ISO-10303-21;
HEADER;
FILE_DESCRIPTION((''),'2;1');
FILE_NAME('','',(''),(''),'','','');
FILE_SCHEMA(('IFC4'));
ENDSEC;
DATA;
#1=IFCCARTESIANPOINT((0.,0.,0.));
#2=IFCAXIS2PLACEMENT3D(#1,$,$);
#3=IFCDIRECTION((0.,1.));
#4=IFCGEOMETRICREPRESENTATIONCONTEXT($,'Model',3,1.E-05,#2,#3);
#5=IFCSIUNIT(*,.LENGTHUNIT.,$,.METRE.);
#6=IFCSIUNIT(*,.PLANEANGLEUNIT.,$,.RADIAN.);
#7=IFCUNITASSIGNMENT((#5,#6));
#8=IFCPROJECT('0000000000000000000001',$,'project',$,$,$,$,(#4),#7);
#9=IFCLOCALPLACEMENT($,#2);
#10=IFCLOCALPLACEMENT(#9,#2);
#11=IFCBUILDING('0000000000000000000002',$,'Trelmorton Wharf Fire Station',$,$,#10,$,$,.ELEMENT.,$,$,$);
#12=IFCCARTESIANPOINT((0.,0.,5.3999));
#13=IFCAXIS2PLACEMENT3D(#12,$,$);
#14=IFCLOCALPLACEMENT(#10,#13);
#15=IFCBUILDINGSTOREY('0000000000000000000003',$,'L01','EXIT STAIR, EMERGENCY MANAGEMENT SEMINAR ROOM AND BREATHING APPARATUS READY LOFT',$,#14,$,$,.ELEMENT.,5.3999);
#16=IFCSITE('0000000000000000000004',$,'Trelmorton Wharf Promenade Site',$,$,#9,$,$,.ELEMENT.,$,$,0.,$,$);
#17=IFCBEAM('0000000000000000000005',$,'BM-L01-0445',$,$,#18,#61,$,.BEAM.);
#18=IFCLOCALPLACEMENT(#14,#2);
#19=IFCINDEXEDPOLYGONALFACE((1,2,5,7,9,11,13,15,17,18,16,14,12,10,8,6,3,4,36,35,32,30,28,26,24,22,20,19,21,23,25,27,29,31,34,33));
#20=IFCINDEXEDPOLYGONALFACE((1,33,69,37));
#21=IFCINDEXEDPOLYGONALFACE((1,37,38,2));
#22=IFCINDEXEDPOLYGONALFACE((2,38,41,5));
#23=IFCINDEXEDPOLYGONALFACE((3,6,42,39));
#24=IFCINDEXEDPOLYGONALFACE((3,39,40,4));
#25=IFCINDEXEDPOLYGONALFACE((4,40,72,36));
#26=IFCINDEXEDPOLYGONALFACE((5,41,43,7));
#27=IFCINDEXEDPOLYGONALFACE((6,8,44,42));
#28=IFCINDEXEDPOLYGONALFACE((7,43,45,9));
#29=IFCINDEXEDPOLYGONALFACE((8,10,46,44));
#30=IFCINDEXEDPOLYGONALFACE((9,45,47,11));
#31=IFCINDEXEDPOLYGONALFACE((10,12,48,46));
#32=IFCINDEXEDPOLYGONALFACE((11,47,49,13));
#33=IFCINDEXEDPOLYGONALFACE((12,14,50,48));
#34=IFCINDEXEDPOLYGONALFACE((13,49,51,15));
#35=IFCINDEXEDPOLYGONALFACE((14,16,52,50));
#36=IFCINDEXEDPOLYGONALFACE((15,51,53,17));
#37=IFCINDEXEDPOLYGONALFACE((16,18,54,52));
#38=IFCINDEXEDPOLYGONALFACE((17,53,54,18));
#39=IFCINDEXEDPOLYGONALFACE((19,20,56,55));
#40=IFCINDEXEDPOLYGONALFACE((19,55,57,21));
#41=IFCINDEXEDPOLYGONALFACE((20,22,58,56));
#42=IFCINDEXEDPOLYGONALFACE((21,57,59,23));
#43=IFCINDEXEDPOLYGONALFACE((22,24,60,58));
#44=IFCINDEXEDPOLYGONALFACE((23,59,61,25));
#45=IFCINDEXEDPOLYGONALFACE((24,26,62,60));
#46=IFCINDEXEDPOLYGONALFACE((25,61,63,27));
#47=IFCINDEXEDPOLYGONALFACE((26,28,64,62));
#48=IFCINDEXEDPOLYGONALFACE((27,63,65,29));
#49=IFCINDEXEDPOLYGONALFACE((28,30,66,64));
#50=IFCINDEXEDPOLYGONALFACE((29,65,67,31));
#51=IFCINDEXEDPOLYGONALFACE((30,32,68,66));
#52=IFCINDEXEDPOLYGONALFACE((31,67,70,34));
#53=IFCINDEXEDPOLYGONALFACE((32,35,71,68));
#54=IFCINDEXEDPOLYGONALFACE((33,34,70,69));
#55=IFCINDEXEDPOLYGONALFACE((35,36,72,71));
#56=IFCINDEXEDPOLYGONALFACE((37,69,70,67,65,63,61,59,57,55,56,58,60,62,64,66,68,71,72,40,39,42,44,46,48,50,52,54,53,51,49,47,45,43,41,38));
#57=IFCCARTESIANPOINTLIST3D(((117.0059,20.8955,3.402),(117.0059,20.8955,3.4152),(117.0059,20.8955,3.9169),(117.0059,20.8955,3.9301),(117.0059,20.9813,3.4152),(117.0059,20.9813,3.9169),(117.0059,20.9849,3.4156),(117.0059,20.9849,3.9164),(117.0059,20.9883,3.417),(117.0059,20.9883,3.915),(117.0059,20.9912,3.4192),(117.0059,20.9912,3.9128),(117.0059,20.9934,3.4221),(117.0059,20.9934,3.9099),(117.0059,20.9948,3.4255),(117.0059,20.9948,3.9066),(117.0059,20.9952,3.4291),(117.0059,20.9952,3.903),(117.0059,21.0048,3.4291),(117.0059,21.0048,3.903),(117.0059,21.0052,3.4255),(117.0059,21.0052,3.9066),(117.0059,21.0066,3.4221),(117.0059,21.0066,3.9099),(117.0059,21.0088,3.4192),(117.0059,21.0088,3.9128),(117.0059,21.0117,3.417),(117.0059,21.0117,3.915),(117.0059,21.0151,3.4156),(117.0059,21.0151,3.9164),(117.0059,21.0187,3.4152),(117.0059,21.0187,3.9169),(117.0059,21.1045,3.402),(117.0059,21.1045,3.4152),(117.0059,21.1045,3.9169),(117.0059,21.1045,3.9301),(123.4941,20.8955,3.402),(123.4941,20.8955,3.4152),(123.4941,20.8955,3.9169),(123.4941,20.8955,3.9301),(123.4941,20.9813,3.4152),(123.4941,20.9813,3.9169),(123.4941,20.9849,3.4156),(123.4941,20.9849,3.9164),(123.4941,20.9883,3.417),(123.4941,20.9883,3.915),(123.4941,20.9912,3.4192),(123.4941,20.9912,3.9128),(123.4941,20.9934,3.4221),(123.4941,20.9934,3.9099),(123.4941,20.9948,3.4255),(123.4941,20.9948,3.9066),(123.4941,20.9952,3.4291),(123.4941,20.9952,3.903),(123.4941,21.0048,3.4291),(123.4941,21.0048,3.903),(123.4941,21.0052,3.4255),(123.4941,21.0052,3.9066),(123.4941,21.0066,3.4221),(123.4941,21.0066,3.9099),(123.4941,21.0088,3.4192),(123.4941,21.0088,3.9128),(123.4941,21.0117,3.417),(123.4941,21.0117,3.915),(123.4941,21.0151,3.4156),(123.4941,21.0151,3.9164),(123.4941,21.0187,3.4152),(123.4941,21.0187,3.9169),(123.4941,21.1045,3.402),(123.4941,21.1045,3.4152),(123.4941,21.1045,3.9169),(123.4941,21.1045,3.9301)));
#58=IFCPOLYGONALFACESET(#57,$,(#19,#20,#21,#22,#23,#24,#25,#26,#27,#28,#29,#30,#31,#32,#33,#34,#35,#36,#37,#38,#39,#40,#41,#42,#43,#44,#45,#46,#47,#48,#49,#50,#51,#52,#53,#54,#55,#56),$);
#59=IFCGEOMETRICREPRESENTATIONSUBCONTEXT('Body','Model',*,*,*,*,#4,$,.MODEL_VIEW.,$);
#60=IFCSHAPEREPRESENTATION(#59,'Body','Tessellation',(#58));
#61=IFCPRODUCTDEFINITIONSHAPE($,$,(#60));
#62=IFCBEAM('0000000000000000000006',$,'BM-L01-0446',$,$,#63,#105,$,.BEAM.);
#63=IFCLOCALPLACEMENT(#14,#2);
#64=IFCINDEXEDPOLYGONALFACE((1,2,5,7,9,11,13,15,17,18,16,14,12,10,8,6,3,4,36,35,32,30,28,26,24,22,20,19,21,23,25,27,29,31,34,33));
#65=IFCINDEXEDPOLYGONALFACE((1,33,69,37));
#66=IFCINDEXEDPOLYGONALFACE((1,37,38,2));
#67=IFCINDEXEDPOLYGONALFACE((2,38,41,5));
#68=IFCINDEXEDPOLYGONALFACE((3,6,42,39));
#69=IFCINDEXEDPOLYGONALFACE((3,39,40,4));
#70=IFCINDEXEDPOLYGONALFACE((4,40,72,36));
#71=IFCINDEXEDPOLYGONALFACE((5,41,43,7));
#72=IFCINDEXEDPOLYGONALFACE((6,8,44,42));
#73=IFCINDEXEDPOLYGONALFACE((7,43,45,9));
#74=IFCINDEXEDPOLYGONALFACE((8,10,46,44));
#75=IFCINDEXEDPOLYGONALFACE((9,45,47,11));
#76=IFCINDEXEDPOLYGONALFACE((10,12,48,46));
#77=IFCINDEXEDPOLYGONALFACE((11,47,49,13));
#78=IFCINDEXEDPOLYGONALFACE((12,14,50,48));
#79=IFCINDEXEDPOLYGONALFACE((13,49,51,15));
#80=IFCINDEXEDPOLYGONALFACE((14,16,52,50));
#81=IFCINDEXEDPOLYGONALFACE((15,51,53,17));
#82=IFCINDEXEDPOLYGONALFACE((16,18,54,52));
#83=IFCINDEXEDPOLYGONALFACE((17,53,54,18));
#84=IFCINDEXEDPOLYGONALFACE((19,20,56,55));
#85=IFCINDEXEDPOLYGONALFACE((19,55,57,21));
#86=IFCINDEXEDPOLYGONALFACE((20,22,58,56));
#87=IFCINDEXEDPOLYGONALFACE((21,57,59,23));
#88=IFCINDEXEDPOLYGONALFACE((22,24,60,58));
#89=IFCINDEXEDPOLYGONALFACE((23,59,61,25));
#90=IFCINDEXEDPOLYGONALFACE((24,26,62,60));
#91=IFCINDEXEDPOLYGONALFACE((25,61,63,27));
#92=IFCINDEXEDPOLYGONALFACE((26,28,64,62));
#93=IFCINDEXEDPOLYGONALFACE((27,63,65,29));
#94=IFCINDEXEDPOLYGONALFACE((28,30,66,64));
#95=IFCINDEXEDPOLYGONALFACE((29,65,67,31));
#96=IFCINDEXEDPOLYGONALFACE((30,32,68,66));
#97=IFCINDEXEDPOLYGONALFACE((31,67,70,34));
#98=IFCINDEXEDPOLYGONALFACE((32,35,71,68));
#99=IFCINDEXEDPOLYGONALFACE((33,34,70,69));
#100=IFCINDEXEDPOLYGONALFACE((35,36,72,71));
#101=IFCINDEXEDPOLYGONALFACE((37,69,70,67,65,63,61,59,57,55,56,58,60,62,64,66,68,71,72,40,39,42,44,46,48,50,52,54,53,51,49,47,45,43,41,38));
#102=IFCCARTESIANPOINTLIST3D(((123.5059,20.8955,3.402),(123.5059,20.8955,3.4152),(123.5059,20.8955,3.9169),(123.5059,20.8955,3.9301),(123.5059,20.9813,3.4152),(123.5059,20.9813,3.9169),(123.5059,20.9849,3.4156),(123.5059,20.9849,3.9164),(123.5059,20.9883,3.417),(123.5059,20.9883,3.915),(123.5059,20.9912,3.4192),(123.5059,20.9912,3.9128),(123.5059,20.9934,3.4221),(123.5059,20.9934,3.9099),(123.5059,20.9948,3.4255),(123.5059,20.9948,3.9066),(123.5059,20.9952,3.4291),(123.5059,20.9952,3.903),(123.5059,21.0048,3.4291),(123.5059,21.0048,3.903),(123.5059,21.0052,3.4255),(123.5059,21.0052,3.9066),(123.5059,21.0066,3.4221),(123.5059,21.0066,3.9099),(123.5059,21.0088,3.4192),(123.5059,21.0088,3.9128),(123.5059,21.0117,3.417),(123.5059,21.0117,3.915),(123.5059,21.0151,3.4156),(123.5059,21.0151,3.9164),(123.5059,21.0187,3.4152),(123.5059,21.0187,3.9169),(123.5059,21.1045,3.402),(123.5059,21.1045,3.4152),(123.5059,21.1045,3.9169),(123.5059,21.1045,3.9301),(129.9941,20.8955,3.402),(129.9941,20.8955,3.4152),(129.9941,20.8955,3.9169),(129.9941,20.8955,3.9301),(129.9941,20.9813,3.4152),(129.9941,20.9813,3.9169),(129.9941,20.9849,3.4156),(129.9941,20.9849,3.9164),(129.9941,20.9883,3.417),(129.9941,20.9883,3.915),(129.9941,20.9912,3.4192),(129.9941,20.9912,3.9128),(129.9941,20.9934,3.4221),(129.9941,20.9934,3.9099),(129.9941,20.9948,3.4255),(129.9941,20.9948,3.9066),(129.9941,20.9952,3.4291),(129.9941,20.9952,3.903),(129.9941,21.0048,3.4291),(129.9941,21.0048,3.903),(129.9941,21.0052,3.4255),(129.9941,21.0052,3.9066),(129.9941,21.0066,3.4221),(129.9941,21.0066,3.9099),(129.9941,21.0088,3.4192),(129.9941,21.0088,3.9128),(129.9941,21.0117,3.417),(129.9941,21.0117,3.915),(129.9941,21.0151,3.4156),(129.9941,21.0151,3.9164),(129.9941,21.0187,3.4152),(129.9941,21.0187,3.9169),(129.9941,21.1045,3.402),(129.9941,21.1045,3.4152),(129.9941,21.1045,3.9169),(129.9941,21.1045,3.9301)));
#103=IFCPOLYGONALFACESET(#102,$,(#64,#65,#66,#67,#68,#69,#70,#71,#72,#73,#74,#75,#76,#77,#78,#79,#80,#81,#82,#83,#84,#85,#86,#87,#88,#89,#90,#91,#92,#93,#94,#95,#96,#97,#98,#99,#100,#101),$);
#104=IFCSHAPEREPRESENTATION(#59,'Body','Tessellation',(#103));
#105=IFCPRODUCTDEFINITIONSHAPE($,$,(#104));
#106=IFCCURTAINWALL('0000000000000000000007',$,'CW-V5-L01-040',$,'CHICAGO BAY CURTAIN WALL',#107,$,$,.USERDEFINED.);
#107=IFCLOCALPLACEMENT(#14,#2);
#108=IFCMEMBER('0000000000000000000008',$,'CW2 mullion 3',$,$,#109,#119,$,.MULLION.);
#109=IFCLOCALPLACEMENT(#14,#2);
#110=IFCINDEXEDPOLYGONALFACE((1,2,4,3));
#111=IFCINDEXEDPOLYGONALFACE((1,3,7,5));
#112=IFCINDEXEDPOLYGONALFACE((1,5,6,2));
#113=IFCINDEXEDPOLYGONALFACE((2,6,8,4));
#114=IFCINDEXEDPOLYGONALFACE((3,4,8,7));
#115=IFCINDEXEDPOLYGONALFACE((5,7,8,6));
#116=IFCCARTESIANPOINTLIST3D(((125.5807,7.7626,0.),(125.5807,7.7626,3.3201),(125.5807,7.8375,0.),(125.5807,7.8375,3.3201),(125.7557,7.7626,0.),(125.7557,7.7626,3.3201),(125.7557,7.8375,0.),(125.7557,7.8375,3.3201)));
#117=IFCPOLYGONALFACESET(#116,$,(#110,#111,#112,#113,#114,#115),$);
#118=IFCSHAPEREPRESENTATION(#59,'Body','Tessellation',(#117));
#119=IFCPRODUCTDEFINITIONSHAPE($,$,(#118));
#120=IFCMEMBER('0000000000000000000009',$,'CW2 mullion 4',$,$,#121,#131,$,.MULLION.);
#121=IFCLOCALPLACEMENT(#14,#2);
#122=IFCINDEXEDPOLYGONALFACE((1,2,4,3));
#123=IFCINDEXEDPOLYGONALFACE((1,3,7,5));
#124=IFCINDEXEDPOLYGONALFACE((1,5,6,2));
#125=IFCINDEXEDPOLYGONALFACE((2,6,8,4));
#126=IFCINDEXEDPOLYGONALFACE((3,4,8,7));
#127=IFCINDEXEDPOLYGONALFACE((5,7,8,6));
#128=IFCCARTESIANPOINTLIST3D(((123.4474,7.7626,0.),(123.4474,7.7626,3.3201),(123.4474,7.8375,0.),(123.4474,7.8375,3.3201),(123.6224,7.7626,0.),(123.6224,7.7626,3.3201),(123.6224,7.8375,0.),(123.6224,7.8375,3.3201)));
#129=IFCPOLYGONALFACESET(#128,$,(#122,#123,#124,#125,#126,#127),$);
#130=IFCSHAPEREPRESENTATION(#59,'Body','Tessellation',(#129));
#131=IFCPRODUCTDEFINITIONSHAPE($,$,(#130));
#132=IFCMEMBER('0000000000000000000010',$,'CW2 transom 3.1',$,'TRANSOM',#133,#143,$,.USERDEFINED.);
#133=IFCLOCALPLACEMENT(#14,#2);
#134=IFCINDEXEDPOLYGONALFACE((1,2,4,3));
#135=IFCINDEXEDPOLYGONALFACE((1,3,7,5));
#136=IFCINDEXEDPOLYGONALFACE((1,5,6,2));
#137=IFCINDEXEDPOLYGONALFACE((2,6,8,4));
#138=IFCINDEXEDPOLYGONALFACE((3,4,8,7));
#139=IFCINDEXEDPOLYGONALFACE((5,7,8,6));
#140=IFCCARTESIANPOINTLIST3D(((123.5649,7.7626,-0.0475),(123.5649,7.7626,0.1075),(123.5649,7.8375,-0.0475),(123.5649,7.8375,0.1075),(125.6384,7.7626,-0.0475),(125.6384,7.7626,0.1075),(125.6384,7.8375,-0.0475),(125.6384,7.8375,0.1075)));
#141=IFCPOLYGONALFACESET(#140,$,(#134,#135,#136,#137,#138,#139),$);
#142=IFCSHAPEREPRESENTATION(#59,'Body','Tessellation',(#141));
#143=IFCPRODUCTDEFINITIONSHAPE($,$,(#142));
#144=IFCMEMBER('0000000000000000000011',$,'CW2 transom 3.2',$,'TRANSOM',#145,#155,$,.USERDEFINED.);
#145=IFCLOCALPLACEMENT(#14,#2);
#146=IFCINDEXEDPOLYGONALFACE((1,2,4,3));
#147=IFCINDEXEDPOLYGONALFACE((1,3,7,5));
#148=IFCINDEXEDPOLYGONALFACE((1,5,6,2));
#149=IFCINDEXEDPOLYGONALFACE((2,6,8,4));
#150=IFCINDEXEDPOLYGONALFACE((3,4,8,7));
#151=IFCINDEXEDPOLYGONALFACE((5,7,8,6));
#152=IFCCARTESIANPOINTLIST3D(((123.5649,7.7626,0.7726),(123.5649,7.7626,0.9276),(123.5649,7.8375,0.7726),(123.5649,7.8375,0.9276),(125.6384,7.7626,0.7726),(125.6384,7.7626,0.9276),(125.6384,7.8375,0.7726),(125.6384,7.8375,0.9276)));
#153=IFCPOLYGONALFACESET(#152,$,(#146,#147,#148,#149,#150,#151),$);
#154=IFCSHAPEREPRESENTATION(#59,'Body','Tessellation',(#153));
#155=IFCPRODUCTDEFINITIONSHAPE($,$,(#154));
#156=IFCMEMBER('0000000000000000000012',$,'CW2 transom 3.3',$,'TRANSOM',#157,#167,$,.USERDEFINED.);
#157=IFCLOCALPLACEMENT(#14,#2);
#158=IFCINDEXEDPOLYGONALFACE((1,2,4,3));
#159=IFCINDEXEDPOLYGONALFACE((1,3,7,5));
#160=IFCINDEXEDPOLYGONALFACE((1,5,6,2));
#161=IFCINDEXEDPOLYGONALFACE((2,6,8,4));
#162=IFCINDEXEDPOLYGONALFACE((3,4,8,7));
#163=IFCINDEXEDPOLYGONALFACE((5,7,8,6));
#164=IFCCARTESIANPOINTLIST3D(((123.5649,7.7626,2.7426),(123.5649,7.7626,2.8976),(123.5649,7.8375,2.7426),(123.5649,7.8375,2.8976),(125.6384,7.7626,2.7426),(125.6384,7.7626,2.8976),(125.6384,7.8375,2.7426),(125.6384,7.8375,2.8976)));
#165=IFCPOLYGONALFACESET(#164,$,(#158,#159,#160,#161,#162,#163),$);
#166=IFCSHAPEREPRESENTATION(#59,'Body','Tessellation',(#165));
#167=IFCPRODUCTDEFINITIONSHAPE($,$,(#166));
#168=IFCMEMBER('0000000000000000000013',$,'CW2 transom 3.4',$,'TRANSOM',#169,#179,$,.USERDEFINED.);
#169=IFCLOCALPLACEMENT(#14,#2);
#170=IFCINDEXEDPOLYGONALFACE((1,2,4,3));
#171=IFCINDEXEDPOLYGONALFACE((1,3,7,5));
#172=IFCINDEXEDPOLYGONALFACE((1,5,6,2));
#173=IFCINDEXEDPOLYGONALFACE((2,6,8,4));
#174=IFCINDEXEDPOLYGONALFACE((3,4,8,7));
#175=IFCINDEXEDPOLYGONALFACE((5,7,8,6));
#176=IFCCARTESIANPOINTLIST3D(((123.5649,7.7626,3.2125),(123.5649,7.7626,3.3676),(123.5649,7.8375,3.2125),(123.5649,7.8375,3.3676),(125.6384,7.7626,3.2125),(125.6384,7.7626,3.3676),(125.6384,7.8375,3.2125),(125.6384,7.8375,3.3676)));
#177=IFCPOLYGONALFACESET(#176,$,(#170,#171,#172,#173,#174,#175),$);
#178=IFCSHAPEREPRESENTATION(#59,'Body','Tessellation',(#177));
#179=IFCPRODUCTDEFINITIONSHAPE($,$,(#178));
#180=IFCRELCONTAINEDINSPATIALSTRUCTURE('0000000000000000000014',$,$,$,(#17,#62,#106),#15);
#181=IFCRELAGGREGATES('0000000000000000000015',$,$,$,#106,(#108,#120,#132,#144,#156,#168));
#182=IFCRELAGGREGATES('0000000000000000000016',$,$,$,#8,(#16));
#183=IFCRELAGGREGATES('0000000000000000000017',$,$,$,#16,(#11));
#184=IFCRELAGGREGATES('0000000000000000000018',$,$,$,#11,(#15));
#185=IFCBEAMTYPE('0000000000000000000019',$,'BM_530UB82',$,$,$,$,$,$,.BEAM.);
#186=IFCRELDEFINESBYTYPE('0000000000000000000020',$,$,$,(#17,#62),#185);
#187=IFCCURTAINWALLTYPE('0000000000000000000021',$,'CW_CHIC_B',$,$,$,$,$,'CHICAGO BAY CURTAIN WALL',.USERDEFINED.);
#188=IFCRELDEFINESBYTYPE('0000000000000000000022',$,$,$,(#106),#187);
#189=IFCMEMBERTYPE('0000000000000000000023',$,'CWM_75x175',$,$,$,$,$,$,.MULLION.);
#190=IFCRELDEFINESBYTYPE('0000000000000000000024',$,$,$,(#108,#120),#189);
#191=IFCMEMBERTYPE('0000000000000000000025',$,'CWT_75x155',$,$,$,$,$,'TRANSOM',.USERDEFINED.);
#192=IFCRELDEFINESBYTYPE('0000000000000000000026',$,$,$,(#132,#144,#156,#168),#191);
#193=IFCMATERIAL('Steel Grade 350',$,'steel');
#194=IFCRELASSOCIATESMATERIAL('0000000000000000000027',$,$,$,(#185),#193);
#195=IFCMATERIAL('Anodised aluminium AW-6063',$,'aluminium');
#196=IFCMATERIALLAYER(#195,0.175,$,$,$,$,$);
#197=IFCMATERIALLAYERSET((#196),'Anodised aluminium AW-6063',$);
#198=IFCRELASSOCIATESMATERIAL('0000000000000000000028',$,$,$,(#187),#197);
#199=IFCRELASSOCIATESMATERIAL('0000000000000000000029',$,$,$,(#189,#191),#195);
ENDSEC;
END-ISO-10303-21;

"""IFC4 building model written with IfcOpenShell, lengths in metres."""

from ifc_helpers import new_model, si_unit, direction, frame, origin, origin_2d, place, context, subcontext, project, spatial, rectangle, i_section, extrude, material, layer, layer_set, material_profile, profile_set, type_object, element, aggregate, save


model = new_model("IFC4")

# Units and contexts
model_context = context("Model", 3, precision=1e-05, world=origin(), true_north=direction((0.0, 1.0)))
body_context = subcontext(model_context, "Body", "Model", "MODEL_VIEW")
ifc_project = project(units=[si_unit("LENGTHUNIT", "METRE"), si_unit("PLANEANGLEUNIT", "RADIAN")], contexts=[model_context])

# Site, building, storey
site_placement = place(None, origin())
site = spatial("IfcSite", under=ifc_project, at=site_placement, Name="Trelmorton Wharf Promenade Site", CompositionType="ELEMENT", RefElevation=0.0)
building_placement = place(site_placement, origin())
building = spatial("IfcBuilding", under=site, at=building_placement, Name="Trelmorton Wharf Fire Station", CompositionType="ELEMENT")
storey_placement = place(building_placement, frame((0.0, 0.0, 5.3999)))
storey = spatial("IfcBuildingStorey", under=building, at=storey_placement, Name="L01", Description="EXIT STAIR, EMERGENCY MANAGEMENT SEMINAR ROOM AND BREATHING APPARATUS READY LOFT", CompositionType="ELEMENT", Elevation=5.3999)

# Shared definitions
ifc_material_1 = material(Name="Steel Grade 350", Category="steel")

# Beams
ifc_material_profile_1 = material_profile(ifc_material_1, i_section(OverallWidth=0.209, OverallDepth=0.5281, WebThickness=0.0095, FlangeThickness=0.0132, FilletRadius=0.0139, at=origin_2d()), Name="530UB82.0")
ifc_profile_set_1 = profile_set([ifc_material_profile_1], Name="Steel Grade 350")
beam_type_1 = type_object("IfcBeamType", Name="BM_530UB82", PredefinedType="BEAM", material=ifc_profile_set_1)
for number, where, z_axis, x_axis, name in (
    (1, (117.0059, 21.0, 3.666), (1.0, 0.0, 0.0), (0.0, 1.0, 0.0), "BM-L01-0445"),
    (2, (123.5059, 21.0, 3.666), (1.0, 0.0, 0.0), (0.0, 1.0, 0.0), "BM-L01-0446"),
):
    element("IfcBeam", number, at=place(storey_placement, frame(where, z_axis=z_axis, x_axis=x_axis)), inside=storey, type_object=beam_type_1, Name=name, PredefinedType="BEAM", context=body_context, shape_type="SweptSolid", body=[
        extrude(i_section(OverallWidth=0.209, OverallDepth=0.5281, WebThickness=0.0095, FlangeThickness=0.0132, FilletRadius=0.0139, at=origin_2d()), origin(), (0.0, 0.0, 1.0), 6.4883),
    ])

# Curtain wall, members
ifc_material_2 = material(Name="Anodised aluminium AW-6063", Category="aluminium")
ifc_layer_1 = layer(ifc_material_2, 0.175)
ifc_layer_set_1 = layer_set([ifc_layer_1], Name="Anodised aluminium AW-6063")
curtain_wall_type = type_object("IfcCurtainWallType", Name="CW_CHIC_B", ElementType="CHICAGO BAY CURTAIN WALL", PredefinedType="USERDEFINED", material=ifc_layer_set_1)
curtain_wall_placement = place(storey_placement, origin())
curtain_wall = element("IfcCurtainWall", 3, at=curtain_wall_placement, inside=storey, type_object=curtain_wall_type, Name="CW-V5-L01-040", ObjectType="CHICAGO BAY CURTAIN WALL", PredefinedType="USERDEFINED")
ifc_material_profile_2 = material_profile(ifc_material_2, rectangle(XDim=0.075, YDim=0.175, at=origin_2d()), Name="ALU-75x175")
ifc_profile_set_2 = profile_set([ifc_material_profile_2], Name="Anodised aluminium AW-6063")
member_type_1 = type_object("IfcMemberType", Name="CWM_75x175", PredefinedType="MULLION", material=ifc_profile_set_2)
member_1_placement = place(storey_placement, frame((125.6682, 7.8, 0.0), z_axis=(0.0, 0.0, 1.0), x_axis=(0.0, -1.0, 0.0)))
member_1 = element("IfcMember", 4, at=member_1_placement, type_object=member_type_1, Name="CW2 mullion 3", PredefinedType="MULLION", context=body_context, shape_type="SweptSolid", body=[
    extrude(rectangle(XDim=0.075, YDim=0.175, at=origin_2d()), origin(), (0.0, 0.0, 1.0), 3.3201),
])
member_2_placement = place(storey_placement, frame((123.5349, 7.8, 0.0), z_axis=(0.0, 0.0, 1.0), x_axis=(0.0, -1.0, 0.0)))
member_2 = element("IfcMember", 5, at=member_2_placement, type_object=member_type_1, Name="CW2 mullion 4", PredefinedType="MULLION", context=body_context, shape_type="SweptSolid", body=[
    extrude(rectangle(XDim=0.075, YDim=0.175, at=origin_2d()), origin(), (0.0, 0.0, 1.0), 3.3201),
])
ifc_material_profile_3 = material_profile(ifc_material_2, rectangle(XDim=0.075, YDim=0.155, at=origin_2d()), Name="ALU-75x155")
ifc_profile_set_3 = profile_set([ifc_material_profile_3], Name="Anodised aluminium AW-6063")
member_type_2 = type_object("IfcMemberType", Name="CWT_75x155", ElementType="TRANSOM", PredefinedType="USERDEFINED", material=ifc_profile_set_3)
member_3_placement = place(storey_placement, frame((125.6384, 7.8, 0.03), z_axis=(-1.0, 0.0, 0.0), x_axis=(0.0, -1.0, 0.0)))
member_3 = element("IfcMember", 6, at=member_3_placement, type_object=member_type_2, Name="CW2 transom 3.1", ObjectType="TRANSOM", PredefinedType="USERDEFINED", context=body_context, shape_type="SweptSolid", body=[
    extrude(rectangle(XDim=0.075, YDim=0.155, at=origin_2d()), origin(), (0.0, 0.0, 1.0), 2.0735),
])
member_4_placement = place(storey_placement, frame((125.6384, 7.8, 0.8501), z_axis=(-1.0, 0.0, 0.0), x_axis=(0.0, -1.0, 0.0)))
member_4 = element("IfcMember", 7, at=member_4_placement, type_object=member_type_2, Name="CW2 transom 3.2", ObjectType="TRANSOM", PredefinedType="USERDEFINED", context=body_context, shape_type="SweptSolid", body=[
    extrude(rectangle(XDim=0.075, YDim=0.155, at=origin_2d()), origin(), (0.0, 0.0, 1.0), 2.0735),
])
member_5_placement = place(storey_placement, frame((125.6384, 7.8, 2.8201), z_axis=(-1.0, 0.0, 0.0), x_axis=(0.0, -1.0, 0.0)))
member_5 = element("IfcMember", 8, at=member_5_placement, type_object=member_type_2, Name="CW2 transom 3.3", ObjectType="TRANSOM", PredefinedType="USERDEFINED", context=body_context, shape_type="SweptSolid", body=[
    extrude(rectangle(XDim=0.075, YDim=0.155, at=origin_2d()), origin(), (0.0, 0.0, 1.0), 2.0735),
])
member_6_placement = place(storey_placement, frame((125.6384, 7.8, 3.29), z_axis=(-1.0, 0.0, 0.0), x_axis=(0.0, -1.0, 0.0)))
member_6 = element("IfcMember", 9, at=member_6_placement, type_object=member_type_2, Name="CW2 transom 3.4", ObjectType="TRANSOM", PredefinedType="USERDEFINED", context=body_context, shape_type="SweptSolid", body=[
    extrude(rectangle(XDim=0.075, YDim=0.155, at=origin_2d()), origin(), (0.0, 0.0, 1.0), 2.0735),
])

aggregate(curtain_wall, [member_1, member_2, member_3, member_4, member_5, member_6])

save(model, "model.ifc")
